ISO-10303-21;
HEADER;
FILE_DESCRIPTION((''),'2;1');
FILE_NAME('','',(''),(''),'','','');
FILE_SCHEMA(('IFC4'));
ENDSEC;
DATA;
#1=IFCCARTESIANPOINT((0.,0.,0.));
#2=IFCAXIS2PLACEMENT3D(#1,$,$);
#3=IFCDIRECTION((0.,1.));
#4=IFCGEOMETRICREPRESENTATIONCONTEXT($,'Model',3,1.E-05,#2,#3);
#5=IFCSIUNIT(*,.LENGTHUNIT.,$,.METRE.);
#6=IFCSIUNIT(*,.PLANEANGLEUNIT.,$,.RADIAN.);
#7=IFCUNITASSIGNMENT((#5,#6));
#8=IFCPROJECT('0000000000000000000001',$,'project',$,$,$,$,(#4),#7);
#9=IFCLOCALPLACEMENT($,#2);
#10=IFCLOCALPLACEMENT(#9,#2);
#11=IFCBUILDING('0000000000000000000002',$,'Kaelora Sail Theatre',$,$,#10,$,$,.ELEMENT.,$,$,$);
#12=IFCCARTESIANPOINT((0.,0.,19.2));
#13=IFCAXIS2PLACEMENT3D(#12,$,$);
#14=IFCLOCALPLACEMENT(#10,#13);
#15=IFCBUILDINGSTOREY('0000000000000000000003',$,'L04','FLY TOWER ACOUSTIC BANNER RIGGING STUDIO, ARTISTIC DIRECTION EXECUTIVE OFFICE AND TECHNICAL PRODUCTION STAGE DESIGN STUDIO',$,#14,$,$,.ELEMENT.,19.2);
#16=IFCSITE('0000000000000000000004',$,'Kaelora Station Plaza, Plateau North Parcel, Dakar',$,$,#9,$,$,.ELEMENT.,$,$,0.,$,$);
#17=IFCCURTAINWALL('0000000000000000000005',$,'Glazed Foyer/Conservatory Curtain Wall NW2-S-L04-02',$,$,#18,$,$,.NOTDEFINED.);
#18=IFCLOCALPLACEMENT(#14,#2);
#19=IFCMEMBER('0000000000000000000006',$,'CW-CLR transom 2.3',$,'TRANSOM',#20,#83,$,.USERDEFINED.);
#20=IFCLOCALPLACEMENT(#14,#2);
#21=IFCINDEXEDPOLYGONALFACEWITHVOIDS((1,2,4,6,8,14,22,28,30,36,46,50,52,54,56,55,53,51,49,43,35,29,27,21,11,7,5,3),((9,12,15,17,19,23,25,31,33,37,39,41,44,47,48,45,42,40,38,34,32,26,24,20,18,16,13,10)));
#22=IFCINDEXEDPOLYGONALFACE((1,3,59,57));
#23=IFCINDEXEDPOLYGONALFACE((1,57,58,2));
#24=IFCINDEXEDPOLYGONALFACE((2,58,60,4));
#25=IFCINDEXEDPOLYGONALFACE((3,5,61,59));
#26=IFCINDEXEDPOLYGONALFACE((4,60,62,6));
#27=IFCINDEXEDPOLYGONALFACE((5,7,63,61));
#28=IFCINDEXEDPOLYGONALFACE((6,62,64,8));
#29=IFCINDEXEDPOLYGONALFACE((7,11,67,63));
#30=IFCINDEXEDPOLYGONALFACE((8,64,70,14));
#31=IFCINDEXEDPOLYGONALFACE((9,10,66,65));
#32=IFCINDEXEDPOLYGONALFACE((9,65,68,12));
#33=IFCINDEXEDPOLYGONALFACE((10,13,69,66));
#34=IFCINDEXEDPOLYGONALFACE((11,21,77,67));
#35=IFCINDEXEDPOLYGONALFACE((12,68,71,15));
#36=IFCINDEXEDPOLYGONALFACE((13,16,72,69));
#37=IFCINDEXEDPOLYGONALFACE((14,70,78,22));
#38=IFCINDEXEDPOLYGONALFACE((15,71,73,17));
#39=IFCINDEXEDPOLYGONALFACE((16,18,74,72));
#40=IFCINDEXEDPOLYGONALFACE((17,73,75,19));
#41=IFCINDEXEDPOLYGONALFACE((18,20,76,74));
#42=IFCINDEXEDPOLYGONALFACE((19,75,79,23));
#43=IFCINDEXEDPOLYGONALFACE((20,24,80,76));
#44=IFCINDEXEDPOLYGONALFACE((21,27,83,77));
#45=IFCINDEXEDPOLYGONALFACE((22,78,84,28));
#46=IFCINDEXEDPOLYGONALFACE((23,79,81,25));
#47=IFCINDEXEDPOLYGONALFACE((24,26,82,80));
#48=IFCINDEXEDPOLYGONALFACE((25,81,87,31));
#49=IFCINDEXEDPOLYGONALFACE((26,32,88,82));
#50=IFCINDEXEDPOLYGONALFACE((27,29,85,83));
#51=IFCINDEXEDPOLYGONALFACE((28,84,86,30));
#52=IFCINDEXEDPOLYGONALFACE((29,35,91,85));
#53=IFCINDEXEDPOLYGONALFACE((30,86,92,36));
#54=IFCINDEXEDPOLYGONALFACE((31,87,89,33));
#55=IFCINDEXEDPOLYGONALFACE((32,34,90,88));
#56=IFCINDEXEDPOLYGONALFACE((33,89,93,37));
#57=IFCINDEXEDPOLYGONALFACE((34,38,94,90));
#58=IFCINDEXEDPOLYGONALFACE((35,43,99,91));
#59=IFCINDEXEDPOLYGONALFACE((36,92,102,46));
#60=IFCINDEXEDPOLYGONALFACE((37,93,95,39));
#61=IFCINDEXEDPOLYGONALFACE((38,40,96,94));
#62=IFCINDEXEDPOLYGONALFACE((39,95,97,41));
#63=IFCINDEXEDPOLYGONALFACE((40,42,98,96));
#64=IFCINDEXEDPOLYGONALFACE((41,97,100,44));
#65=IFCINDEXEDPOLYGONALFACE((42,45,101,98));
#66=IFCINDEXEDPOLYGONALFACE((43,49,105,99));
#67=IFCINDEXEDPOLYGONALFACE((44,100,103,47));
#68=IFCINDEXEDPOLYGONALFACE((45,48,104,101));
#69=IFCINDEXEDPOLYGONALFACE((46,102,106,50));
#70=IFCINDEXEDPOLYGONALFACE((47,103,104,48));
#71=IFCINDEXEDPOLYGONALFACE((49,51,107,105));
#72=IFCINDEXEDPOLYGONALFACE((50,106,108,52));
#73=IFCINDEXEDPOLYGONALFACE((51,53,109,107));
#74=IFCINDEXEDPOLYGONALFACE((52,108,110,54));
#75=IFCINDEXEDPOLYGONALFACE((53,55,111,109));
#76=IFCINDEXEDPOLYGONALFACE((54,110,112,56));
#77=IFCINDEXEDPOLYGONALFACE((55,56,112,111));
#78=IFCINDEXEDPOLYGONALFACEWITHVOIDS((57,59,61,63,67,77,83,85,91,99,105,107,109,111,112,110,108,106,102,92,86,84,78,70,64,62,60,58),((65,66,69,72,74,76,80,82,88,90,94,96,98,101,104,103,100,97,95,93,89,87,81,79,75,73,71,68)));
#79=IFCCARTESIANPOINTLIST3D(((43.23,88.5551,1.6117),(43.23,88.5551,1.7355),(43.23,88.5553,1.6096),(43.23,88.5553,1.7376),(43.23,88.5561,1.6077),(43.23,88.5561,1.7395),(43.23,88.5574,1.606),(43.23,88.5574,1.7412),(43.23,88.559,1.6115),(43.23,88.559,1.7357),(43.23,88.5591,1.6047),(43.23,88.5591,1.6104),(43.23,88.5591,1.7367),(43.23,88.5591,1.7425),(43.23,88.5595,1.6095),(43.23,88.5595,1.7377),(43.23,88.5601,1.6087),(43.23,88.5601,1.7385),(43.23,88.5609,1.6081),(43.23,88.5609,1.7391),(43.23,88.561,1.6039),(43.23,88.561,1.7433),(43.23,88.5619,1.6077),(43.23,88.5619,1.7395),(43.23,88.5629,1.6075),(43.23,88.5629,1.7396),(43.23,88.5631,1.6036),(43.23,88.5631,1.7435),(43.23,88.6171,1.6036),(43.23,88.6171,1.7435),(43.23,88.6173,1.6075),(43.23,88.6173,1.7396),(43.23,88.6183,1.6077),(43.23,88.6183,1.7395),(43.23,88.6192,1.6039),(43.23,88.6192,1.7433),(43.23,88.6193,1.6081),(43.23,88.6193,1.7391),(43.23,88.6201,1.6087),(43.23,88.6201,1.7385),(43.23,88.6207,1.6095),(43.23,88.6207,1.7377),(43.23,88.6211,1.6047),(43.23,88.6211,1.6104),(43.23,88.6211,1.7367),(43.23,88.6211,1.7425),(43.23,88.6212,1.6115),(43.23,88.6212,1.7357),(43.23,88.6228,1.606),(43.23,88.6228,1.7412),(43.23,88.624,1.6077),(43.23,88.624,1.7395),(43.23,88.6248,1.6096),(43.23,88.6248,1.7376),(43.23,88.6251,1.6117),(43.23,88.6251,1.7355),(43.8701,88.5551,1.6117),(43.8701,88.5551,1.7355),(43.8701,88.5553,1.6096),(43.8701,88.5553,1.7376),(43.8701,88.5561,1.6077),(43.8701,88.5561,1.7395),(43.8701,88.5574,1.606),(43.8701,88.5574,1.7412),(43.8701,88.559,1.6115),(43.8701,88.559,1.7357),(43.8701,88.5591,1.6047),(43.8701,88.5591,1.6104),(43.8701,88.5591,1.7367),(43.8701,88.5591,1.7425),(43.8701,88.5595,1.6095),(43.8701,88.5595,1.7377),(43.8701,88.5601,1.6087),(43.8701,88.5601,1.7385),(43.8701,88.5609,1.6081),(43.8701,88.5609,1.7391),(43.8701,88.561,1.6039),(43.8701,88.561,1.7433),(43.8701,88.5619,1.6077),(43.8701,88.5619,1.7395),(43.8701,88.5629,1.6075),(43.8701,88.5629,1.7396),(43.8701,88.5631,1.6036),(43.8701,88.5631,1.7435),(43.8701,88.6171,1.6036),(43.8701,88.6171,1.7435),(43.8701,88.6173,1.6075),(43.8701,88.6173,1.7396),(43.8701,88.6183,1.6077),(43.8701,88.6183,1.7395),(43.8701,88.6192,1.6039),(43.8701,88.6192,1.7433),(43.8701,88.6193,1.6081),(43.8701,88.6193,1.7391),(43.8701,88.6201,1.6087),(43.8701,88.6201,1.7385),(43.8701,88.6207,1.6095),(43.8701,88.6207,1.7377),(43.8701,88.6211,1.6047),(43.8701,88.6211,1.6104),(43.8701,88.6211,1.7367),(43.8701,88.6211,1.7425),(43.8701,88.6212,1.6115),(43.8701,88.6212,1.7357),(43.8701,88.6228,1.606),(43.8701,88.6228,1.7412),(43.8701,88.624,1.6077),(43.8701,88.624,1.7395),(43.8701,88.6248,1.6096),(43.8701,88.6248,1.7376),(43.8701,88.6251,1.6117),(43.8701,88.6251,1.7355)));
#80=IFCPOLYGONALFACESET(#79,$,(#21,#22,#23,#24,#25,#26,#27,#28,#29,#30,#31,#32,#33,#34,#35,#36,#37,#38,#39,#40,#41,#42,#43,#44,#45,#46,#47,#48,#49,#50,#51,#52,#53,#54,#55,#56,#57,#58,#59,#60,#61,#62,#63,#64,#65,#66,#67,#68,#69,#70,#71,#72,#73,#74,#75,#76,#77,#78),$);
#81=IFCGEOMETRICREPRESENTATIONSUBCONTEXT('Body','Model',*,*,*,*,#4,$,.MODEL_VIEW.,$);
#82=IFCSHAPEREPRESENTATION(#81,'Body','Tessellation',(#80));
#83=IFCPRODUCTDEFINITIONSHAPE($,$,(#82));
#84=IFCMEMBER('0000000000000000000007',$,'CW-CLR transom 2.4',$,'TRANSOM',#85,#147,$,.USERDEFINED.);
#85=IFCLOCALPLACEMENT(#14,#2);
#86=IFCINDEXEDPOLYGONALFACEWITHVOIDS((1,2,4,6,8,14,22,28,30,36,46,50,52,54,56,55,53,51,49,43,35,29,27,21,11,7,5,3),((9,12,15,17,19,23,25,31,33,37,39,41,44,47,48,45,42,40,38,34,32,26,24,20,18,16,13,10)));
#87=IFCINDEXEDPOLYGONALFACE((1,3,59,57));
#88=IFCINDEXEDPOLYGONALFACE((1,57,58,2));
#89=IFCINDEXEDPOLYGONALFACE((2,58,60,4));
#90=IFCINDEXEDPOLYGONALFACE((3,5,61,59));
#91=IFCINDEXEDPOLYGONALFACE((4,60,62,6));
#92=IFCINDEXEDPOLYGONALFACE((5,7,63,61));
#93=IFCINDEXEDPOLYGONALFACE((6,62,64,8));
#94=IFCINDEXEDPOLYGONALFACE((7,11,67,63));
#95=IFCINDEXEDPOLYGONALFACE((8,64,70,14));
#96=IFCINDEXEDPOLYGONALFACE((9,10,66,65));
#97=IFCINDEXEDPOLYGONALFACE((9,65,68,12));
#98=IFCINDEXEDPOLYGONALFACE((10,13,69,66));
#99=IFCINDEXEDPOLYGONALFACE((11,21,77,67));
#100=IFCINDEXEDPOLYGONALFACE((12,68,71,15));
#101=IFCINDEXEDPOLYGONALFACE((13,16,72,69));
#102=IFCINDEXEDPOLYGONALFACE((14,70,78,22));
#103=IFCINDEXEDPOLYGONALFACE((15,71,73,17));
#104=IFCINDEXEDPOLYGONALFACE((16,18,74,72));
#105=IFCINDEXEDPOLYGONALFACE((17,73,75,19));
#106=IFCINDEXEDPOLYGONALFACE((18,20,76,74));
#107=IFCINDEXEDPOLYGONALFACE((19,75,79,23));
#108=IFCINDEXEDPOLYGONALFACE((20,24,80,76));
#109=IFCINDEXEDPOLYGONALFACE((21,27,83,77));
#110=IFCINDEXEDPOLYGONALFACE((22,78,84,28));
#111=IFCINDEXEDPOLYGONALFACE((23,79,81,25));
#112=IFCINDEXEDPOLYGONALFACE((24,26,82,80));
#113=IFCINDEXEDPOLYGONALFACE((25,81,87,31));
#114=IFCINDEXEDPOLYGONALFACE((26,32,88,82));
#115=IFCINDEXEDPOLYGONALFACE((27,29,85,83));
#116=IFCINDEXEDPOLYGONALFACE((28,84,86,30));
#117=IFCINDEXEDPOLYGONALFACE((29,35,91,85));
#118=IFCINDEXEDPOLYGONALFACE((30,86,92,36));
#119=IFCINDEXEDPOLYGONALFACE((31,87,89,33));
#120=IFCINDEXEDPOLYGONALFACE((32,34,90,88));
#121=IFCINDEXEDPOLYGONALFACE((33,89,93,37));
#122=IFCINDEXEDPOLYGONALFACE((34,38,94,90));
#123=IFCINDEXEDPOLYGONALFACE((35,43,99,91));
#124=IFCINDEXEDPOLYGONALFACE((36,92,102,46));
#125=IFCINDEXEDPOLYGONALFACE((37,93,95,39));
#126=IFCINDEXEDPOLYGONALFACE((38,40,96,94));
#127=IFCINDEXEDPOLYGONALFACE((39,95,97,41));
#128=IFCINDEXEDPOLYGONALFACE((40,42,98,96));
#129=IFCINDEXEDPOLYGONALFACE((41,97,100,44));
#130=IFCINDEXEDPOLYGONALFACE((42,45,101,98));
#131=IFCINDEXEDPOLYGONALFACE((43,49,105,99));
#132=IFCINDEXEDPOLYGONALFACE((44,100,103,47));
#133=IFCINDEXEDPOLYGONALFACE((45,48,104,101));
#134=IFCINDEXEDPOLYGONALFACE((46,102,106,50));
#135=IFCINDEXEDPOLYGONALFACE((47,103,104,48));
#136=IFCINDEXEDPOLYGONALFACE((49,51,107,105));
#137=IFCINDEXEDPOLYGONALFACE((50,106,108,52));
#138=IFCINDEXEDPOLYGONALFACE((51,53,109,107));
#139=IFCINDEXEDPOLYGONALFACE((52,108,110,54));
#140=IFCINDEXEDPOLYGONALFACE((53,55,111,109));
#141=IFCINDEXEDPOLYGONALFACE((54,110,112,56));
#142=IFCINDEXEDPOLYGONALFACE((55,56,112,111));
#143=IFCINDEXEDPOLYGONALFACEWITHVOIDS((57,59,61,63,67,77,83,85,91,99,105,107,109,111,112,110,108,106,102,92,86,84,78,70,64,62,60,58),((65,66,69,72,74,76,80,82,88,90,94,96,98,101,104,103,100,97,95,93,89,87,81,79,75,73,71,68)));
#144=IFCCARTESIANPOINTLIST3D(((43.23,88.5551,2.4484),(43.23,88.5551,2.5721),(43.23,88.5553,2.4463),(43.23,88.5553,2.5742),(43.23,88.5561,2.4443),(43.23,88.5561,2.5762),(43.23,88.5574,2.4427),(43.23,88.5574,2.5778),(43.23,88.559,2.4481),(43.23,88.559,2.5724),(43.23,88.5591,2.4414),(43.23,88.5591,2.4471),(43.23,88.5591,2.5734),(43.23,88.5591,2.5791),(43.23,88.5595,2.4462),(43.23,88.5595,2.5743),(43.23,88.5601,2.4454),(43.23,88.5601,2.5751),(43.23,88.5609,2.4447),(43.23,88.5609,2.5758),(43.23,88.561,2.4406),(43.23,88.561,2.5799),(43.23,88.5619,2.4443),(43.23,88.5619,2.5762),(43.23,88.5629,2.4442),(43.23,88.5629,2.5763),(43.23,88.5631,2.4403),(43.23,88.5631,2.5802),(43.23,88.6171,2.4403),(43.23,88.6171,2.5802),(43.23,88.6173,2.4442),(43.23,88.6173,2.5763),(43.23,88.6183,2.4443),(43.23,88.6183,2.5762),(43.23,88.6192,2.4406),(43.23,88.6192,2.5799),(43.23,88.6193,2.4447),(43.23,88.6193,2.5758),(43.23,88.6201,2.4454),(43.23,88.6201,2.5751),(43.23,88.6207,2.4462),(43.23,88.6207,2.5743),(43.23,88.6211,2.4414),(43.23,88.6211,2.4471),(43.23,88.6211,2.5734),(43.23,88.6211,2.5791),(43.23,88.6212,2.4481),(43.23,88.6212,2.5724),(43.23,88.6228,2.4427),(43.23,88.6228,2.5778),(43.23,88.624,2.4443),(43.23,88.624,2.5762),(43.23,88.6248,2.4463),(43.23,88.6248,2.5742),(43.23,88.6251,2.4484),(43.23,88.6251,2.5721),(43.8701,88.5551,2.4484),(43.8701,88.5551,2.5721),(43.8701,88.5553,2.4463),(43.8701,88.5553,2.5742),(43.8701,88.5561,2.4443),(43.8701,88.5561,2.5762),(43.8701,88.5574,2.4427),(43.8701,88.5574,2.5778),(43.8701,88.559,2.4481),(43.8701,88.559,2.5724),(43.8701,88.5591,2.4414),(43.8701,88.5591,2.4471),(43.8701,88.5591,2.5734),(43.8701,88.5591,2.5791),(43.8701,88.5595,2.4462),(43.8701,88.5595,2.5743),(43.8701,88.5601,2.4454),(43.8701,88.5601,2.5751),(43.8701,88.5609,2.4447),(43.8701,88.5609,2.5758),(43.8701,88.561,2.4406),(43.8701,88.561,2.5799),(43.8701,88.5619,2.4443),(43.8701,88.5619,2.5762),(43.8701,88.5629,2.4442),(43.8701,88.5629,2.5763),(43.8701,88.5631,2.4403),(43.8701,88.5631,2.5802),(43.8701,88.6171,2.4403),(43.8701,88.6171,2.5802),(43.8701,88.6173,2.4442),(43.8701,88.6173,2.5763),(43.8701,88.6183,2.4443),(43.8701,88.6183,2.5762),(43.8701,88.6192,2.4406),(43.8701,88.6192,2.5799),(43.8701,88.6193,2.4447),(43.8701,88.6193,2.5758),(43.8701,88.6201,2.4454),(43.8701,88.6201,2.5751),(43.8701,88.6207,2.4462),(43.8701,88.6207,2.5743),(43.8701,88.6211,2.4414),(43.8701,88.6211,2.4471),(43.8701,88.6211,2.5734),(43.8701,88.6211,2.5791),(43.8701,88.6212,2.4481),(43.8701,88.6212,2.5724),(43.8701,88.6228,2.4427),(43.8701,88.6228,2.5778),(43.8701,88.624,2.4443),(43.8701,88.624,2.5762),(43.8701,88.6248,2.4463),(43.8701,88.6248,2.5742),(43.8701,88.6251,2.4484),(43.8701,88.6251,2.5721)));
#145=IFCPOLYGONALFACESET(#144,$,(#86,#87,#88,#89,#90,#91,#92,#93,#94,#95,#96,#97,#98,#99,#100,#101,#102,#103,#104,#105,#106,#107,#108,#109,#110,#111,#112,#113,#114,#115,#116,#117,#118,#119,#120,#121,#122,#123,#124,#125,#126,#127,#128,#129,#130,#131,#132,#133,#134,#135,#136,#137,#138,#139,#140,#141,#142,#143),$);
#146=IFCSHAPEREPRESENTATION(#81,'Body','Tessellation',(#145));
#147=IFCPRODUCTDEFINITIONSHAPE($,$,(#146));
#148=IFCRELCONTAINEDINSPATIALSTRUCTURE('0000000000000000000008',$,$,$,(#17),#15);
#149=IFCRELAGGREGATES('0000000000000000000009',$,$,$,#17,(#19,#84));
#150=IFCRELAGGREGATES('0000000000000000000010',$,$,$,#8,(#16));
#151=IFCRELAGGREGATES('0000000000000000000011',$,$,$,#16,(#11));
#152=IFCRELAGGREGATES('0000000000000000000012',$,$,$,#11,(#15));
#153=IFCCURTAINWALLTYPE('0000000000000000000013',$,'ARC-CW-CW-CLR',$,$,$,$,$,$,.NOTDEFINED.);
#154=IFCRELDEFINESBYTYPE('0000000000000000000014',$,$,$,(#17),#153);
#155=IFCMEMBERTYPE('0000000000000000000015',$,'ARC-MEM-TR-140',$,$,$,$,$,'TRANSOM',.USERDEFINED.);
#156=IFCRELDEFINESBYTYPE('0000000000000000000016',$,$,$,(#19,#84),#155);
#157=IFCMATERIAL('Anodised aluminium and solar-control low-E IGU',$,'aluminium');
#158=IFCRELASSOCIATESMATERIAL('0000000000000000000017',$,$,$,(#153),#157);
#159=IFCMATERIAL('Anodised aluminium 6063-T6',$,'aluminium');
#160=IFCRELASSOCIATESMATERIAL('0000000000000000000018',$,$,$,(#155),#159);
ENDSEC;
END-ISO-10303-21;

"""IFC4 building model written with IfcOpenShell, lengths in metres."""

from ifc_helpers import new_model, si_unit, direction, frame, origin, origin_2d, place, context, subcontext, project, spatial, hollow_rectangle, extrude, material, material_profile, profile_set, type_object, element, aggregate, save


model = new_model("IFC4")

# Units and contexts
model_context = context("Model", 3, precision=1e-05, world=origin(), true_north=direction((0.0, 1.0)))
body_context = subcontext(model_context, "Body", "Model", "MODEL_VIEW")
ifc_project = project(units=[si_unit("LENGTHUNIT", "METRE"), si_unit("PLANEANGLEUNIT", "RADIAN")], contexts=[model_context])

# Site, building, storey
site_placement = place(None, origin())
site = spatial("IfcSite", under=ifc_project, at=site_placement, Name="Kaelora Station Plaza, Plateau North Parcel, Dakar", CompositionType="ELEMENT", RefElevation=0.0)
building_placement = place(site_placement, origin())
building = spatial("IfcBuilding", under=site, at=building_placement, Name="Kaelora Sail Theatre", CompositionType="ELEMENT")
storey_placement = place(building_placement, frame((0.0, 0.0, 19.2)))
storey = spatial("IfcBuildingStorey", under=building, at=storey_placement, Name="L04", Description="FLY TOWER ACOUSTIC BANNER RIGGING STUDIO, ARTISTIC DIRECTION EXECUTIVE OFFICE AND TECHNICAL PRODUCTION STAGE DESIGN STUDIO", CompositionType="ELEMENT", Elevation=19.2)

# Curtain wall, members
ifc_material_1 = material(Name="Anodised aluminium and solar-control low-E IGU", Category="aluminium")
curtain_wall_type = type_object("IfcCurtainWallType", Name="ARC-CW-CW-CLR", PredefinedType="NOTDEFINED", material=ifc_material_1)
curtain_wall_placement = place(storey_placement, origin())
curtain_wall = element("IfcCurtainWall", 1, at=curtain_wall_placement, inside=storey, type_object=curtain_wall_type, Name="Glazed Foyer/Conservatory Curtain Wall NW2-S-L04-02", PredefinedType="NOTDEFINED")
ifc_material_2 = material(Name="Anodised aluminium 6063-T6", Category="aluminium")
ifc_material_profile = material_profile(ifc_material_2, hollow_rectangle(XDim=0.0701, YDim=0.1399, WallThickness=0.0039, InnerFilletRadius=0.0039, OuterFilletRadius=0.0081, at=origin_2d()), Name="ALU-TRAN 70x140x4")
ifc_profile_set = profile_set([ifc_material_profile], Name="Anodised aluminium 6063-T6")
member_type = type_object("IfcMemberType", Name="ARC-MEM-TR-140", ElementType="TRANSOM", PredefinedType="USERDEFINED", material=ifc_profile_set)
member_1_placement = place(storey_placement, frame((43.23, 88.5901, 1.6736), z_axis=(1.0, 0.0, 0.0), x_axis=(0.0, 1.0, 0.0)))
member_1 = element("IfcMember", 2, at=member_1_placement, type_object=member_type, Name="CW-CLR transom 2.3", ObjectType="TRANSOM", PredefinedType="USERDEFINED", context=body_context, shape_type="SweptSolid", body=[
    extrude(hollow_rectangle(XDim=0.0701, YDim=0.1399, WallThickness=0.0039, InnerFilletRadius=0.0039, OuterFilletRadius=0.0081, at=origin_2d()), origin(), (0.0, 0.0, 1.0), 0.6401),
])
member_2_placement = place(storey_placement, frame((43.23, 88.5901, 2.5103), z_axis=(1.0, 0.0, 0.0), x_axis=(0.0, 1.0, 0.0)))
member_2 = element("IfcMember", 3, at=member_2_placement, type_object=member_type, Name="CW-CLR transom 2.4", ObjectType="TRANSOM", PredefinedType="USERDEFINED", context=body_context, shape_type="SweptSolid", body=[
    extrude(hollow_rectangle(XDim=0.0701, YDim=0.1399, WallThickness=0.0039, InnerFilletRadius=0.0039, OuterFilletRadius=0.0081, at=origin_2d()), origin(), (0.0, 0.0, 1.0), 0.6401),
])
aggregate(curtain_wall, [member_1, member_2])

save(model, "model.ifc")
